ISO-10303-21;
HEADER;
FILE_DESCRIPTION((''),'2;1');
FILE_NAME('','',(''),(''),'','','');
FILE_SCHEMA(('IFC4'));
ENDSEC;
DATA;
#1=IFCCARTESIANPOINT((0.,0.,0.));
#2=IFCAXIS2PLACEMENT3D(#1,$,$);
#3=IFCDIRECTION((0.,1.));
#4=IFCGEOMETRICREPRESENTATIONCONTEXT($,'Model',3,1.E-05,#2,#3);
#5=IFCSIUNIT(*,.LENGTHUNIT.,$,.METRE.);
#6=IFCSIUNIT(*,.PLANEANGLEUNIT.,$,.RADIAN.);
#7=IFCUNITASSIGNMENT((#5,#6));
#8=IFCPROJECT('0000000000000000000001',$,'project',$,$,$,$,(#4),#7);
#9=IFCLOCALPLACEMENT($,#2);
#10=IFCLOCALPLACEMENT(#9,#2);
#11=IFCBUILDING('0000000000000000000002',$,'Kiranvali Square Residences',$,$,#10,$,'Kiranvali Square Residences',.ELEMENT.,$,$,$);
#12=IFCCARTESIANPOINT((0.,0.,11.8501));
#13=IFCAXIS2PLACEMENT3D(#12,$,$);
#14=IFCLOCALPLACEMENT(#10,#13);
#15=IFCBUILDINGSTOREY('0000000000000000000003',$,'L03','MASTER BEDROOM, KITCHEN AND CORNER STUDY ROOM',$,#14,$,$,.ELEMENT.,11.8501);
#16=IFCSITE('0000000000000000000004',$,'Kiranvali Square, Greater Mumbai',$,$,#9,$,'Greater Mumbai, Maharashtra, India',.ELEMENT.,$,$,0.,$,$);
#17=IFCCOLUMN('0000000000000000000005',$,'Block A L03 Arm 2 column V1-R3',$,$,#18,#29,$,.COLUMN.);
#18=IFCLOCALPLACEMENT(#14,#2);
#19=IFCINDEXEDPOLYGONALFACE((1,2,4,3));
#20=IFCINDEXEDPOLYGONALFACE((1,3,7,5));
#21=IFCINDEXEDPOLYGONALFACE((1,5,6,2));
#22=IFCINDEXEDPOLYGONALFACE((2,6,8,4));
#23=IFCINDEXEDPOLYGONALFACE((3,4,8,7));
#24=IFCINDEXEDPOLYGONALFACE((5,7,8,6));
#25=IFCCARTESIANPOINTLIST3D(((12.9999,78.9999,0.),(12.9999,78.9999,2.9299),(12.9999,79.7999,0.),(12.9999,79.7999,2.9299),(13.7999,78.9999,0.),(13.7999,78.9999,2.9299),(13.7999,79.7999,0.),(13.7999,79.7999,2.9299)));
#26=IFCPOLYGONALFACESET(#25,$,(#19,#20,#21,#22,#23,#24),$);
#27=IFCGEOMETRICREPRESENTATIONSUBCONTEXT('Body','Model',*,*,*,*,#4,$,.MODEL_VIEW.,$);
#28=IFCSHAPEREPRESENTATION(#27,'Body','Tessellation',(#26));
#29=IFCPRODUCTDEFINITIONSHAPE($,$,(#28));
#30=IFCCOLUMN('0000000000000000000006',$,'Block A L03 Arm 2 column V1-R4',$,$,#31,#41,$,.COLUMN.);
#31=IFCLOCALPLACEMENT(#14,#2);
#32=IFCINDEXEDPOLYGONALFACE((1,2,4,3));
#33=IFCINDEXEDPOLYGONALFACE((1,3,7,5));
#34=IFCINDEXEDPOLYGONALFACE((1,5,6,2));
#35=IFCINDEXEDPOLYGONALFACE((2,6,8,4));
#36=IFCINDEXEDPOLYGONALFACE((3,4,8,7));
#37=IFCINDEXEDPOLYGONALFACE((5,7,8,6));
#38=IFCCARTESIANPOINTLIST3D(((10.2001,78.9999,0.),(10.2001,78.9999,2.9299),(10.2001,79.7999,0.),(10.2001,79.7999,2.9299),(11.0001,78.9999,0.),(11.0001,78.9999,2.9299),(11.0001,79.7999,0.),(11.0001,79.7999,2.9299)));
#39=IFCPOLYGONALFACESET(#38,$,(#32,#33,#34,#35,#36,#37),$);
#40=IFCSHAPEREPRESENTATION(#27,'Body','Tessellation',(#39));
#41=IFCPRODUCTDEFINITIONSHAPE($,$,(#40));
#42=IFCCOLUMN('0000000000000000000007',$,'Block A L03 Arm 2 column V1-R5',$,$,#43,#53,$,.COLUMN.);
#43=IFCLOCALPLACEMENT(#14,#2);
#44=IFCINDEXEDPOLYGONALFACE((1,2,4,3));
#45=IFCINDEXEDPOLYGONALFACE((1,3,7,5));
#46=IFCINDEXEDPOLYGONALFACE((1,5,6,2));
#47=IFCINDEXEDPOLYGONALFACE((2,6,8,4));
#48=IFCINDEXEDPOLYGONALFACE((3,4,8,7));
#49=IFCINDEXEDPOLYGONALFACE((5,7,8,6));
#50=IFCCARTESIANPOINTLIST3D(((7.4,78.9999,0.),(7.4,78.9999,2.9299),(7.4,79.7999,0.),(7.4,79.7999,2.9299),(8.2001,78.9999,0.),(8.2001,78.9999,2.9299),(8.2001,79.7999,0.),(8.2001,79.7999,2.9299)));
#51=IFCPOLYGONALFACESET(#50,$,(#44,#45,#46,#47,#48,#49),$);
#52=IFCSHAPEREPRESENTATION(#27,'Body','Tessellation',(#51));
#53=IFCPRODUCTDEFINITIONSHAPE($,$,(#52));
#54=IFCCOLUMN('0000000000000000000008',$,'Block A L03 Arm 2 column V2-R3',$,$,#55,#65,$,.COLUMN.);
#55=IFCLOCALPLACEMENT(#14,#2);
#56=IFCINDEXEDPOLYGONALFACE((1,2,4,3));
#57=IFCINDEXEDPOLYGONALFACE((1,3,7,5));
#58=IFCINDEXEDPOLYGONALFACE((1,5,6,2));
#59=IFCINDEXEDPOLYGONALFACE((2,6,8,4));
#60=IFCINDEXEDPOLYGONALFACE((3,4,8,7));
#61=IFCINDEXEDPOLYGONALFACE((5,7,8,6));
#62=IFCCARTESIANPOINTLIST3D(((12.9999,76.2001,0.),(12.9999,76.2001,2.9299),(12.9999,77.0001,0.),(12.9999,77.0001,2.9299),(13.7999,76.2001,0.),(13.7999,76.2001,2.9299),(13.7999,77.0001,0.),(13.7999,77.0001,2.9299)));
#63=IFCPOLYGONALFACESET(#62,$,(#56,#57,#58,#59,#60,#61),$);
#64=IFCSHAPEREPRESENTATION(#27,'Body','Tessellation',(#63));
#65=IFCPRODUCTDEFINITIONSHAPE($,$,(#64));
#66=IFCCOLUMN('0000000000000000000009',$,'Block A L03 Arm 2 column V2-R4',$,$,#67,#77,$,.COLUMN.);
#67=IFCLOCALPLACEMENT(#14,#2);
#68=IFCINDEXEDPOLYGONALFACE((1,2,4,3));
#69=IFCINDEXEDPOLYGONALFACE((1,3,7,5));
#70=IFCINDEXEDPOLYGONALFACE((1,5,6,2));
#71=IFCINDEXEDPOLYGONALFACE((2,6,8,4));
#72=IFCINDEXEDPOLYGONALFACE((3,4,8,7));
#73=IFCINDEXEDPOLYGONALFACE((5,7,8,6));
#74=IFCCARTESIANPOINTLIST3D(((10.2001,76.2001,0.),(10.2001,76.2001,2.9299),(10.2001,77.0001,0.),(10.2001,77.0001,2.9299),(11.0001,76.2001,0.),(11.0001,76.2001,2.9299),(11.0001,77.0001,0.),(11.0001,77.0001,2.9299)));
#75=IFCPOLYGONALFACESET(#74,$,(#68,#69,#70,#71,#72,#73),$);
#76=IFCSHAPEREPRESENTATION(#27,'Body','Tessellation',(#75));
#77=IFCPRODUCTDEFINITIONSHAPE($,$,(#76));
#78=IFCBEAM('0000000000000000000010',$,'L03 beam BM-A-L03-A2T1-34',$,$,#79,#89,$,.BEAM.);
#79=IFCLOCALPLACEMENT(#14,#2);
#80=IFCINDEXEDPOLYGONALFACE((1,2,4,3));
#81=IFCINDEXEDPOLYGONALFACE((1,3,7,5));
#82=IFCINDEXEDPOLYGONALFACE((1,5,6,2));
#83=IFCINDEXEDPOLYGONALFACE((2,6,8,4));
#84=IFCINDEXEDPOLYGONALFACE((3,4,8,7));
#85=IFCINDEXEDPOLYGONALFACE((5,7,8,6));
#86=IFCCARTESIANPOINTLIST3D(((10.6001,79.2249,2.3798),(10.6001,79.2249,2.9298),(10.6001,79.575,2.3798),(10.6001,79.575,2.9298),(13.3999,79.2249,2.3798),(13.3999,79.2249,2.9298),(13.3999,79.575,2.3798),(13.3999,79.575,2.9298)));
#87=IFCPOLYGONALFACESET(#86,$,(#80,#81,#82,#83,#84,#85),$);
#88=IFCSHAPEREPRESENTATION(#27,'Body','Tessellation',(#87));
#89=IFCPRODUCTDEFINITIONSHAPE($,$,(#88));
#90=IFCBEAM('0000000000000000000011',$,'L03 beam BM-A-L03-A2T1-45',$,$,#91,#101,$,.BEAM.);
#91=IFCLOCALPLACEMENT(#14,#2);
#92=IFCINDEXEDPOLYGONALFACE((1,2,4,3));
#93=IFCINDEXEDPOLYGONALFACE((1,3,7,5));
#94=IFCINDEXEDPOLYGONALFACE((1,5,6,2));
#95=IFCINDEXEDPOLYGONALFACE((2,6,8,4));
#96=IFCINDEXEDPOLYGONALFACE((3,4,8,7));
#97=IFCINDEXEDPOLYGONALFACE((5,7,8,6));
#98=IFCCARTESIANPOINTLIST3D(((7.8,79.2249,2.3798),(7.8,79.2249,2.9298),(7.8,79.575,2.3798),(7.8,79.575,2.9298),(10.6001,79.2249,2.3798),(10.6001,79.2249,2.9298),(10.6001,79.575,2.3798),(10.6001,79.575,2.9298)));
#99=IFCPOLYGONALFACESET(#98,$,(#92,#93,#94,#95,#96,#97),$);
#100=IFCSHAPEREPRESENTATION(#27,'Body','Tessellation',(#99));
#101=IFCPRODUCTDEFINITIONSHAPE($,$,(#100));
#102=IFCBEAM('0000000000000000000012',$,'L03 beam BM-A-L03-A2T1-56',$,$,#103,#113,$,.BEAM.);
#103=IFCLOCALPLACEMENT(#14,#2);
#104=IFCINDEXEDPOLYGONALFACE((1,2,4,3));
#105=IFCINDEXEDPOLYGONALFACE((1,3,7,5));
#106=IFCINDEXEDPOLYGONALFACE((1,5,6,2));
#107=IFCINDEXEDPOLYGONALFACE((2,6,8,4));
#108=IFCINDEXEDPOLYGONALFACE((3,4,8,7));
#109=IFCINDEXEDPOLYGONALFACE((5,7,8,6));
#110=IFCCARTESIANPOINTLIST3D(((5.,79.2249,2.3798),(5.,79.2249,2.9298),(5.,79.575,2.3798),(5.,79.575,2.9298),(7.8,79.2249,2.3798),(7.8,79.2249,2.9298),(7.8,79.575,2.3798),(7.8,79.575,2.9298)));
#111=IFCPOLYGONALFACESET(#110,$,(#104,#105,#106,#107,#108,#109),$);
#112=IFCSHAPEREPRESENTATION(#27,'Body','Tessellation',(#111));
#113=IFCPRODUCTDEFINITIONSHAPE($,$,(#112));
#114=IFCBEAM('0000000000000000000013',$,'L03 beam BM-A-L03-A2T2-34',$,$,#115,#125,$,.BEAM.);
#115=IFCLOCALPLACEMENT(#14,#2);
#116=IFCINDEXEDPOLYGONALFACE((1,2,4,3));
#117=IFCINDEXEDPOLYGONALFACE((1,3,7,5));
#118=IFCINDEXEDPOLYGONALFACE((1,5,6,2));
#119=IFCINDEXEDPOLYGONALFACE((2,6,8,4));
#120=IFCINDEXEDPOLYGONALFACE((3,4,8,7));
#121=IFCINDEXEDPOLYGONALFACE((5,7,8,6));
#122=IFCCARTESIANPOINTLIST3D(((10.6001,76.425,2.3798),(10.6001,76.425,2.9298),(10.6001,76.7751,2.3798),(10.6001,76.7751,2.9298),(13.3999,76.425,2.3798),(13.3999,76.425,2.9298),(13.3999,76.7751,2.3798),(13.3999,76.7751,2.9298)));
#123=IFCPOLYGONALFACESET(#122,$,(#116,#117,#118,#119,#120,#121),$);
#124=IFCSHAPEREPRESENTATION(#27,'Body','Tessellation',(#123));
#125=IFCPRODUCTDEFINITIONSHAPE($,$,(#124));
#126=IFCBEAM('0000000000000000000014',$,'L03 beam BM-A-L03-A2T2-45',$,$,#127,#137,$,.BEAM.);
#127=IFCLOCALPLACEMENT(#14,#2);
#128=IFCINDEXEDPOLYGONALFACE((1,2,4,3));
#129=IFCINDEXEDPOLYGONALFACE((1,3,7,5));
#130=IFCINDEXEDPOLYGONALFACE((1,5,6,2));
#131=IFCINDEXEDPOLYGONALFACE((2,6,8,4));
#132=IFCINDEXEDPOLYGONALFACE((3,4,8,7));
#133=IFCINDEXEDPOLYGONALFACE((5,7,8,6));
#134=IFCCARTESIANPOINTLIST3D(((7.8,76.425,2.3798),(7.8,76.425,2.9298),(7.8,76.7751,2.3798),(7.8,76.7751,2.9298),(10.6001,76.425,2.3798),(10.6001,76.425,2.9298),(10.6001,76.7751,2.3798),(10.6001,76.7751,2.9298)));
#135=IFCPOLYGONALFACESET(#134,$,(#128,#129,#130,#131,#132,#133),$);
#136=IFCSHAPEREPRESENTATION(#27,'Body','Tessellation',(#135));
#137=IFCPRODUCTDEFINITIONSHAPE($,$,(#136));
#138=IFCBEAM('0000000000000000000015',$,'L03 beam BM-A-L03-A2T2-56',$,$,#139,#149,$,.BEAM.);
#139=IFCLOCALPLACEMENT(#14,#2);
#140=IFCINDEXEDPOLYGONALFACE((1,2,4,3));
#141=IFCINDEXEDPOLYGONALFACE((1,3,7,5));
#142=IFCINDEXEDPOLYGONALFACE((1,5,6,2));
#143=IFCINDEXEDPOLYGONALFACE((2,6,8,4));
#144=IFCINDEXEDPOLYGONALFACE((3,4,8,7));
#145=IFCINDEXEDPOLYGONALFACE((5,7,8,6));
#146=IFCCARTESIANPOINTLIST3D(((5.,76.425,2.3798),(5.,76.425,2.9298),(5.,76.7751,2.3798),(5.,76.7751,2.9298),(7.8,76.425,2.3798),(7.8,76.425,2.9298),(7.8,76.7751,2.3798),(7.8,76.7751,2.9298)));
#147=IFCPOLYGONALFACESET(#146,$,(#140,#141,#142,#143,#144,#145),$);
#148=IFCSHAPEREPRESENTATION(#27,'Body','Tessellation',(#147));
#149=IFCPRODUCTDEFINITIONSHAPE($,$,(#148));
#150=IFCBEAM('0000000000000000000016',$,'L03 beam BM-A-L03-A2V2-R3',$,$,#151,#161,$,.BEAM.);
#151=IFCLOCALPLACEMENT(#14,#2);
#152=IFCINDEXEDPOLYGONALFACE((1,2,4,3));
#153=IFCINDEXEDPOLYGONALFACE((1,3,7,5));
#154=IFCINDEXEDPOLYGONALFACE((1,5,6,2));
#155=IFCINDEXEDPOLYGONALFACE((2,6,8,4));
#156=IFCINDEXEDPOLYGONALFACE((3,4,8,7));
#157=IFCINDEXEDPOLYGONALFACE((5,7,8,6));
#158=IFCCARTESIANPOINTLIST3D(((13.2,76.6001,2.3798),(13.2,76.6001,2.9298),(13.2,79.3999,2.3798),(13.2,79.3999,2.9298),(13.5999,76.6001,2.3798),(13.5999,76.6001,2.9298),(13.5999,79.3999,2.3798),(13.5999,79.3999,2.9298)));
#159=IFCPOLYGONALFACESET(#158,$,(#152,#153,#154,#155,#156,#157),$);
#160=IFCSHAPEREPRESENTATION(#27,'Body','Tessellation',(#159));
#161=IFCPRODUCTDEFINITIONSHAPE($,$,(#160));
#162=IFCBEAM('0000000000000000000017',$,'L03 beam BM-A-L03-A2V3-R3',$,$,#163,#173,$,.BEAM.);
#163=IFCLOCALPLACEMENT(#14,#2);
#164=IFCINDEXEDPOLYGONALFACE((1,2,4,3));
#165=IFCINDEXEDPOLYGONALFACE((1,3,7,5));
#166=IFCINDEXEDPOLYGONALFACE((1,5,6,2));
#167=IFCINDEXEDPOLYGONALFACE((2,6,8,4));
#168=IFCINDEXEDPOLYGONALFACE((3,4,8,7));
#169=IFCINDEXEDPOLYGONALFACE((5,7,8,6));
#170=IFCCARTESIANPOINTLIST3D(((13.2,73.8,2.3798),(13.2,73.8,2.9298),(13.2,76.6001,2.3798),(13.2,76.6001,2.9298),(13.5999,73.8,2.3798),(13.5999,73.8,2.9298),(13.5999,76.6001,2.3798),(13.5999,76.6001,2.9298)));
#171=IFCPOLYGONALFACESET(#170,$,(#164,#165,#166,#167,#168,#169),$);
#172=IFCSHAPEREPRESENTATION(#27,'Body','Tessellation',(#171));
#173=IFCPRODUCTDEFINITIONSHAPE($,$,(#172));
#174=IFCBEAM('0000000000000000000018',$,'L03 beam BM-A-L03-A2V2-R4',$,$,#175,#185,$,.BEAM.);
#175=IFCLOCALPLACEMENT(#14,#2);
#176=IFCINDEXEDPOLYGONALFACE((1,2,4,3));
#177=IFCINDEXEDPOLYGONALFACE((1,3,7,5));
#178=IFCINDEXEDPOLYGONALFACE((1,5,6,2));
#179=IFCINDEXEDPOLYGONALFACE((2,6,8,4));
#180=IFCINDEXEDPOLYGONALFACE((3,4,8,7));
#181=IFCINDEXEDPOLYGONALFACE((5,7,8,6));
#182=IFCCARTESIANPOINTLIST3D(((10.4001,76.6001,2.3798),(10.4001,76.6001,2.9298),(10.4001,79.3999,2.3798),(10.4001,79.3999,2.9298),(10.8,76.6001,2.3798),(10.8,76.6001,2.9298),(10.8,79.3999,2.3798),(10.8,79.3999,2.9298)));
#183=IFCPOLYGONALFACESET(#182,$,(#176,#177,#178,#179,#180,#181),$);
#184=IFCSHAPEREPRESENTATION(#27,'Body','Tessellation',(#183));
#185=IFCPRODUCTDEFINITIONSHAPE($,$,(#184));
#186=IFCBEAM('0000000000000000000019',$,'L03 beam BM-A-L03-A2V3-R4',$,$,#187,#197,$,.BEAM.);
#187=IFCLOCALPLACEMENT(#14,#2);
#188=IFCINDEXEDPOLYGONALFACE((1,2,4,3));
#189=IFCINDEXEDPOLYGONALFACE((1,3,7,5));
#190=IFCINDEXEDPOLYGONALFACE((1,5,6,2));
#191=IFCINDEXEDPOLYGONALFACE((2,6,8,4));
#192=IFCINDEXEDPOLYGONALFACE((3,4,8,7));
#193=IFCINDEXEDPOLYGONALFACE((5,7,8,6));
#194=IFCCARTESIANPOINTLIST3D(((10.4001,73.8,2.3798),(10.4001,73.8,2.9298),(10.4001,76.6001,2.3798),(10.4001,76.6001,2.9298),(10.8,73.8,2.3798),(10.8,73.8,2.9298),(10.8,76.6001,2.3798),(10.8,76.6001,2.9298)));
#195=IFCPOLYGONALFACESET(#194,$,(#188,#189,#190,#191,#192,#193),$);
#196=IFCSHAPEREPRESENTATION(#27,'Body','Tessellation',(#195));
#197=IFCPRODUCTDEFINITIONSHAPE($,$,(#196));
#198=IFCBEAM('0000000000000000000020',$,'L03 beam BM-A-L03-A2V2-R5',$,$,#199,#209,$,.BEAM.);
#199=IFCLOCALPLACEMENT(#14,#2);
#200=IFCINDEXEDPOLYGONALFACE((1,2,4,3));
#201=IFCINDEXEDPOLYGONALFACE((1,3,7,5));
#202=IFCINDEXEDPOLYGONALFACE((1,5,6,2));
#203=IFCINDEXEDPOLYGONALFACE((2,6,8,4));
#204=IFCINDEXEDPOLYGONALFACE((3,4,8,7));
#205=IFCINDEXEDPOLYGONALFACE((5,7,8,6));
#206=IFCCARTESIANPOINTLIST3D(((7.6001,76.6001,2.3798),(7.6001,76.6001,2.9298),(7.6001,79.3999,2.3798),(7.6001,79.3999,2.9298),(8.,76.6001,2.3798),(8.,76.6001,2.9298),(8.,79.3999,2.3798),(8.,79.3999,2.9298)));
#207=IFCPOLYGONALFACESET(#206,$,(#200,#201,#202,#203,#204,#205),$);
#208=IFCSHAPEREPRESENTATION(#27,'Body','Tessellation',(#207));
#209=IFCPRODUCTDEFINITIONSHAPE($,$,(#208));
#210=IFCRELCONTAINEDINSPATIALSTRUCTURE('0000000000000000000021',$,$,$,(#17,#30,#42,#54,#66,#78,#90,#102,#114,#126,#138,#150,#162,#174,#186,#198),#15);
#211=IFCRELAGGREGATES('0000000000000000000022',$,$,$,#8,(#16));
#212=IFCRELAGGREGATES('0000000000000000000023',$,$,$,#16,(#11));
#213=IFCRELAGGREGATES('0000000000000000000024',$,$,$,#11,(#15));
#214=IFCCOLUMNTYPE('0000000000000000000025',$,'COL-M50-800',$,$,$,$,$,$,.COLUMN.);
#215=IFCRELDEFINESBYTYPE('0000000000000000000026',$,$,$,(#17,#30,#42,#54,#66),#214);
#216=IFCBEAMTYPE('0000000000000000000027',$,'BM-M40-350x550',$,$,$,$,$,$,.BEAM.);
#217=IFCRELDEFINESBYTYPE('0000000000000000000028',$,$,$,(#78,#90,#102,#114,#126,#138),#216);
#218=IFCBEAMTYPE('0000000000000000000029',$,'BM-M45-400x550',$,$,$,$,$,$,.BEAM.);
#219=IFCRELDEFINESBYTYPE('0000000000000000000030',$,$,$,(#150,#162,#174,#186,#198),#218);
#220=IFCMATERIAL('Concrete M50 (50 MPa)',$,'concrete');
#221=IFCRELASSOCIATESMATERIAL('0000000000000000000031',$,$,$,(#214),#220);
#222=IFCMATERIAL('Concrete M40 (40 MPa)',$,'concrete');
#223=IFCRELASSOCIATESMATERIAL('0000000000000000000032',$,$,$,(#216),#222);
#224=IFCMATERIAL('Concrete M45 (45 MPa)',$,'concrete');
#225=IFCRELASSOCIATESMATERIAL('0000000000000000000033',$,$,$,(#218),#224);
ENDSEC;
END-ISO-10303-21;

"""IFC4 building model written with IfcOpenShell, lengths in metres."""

from ifc_helpers import new_model, si_unit, direction, frame, origin, origin_2d, place, context, subcontext, project, spatial, rectangle, extrude, material, material_profile, profile_set, type_object, element, save


model = new_model("IFC4")

# Units and contexts
model_context = context("Model", 3, precision=1e-05, world=origin(), true_north=direction((0.0, 1.0)))
body_context = subcontext(model_context, "Body", "Model", "MODEL_VIEW")
ifc_project = project(units=[si_unit("LENGTHUNIT", "METRE"), si_unit("PLANEANGLEUNIT", "RADIAN")], contexts=[model_context])

# Site, building, storey
site_placement = place(None, origin())
site = spatial("IfcSite", under=ifc_project, at=site_placement, Name="Kiranvali Square, Greater Mumbai", LongName="Greater Mumbai, Maharashtra, India", CompositionType="ELEMENT", RefElevation=0.0)
building_placement = place(site_placement, origin())
building = spatial("IfcBuilding", under=site, at=building_placement, Name="Kiranvali Square Residences", LongName="Kiranvali Square Residences", CompositionType="ELEMENT")
storey_placement = place(building_placement, frame((0.0, 0.0, 11.8501)))
storey = spatial("IfcBuildingStorey", under=building, at=storey_placement, Name="L03", Description="MASTER BEDROOM, KITCHEN AND CORNER STUDY ROOM", CompositionType="ELEMENT", Elevation=11.8501)

# Columns
ifc_material_1 = material(Name="Concrete M50 (50 MPa)", Category="concrete")
ifc_material_profile_1 = material_profile(ifc_material_1, rectangle(XDim=0.8, YDim=0.8, at=origin_2d()), Name="RC 800x800")
ifc_profile_set_1 = profile_set([ifc_material_profile_1], Name="Concrete M50 (50 MPa)")
column_type = type_object("IfcColumnType", Name="COL-M50-800", PredefinedType="COLUMN", material=ifc_profile_set_1)
for number, where, z_axis, x_axis, name in (
    (1, (13.3999, 79.3999, 0.0), (0.0, 0.0, 1.0), (1.0, 0.0, 0.0), "Block A L03 Arm 2 column V1-R3"),
    (2, (10.6001, 79.3999, 0.0), (0.0, 0.0, 1.0), (1.0, 0.0, 0.0), "Block A L03 Arm 2 column V1-R4"),
    (3, (7.8, 79.3999, 0.0), (0.0, 0.0, 1.0), (1.0, 0.0, 0.0), "Block A L03 Arm 2 column V1-R5"),
    (4, (13.3999, 76.6001, 0.0), (0.0, 0.0, 1.0), (1.0, 0.0, 0.0), "Block A L03 Arm 2 column V2-R3"),
    (5, (10.6001, 76.6001, 0.0), (0.0, 0.0, 1.0), (1.0, 0.0, 0.0), "Block A L03 Arm 2 column V2-R4"),
):
    element("IfcColumn", number, at=place(storey_placement, frame(where, z_axis=z_axis, x_axis=x_axis)), inside=storey, type_object=column_type, Name=name, PredefinedType="COLUMN", context=body_context, shape_type="SweptSolid", body=[
        extrude(rectangle(XDim=0.8, YDim=0.8, at=origin_2d()), origin(), (0.0, 0.0, 1.0), 2.9299),
    ])

# Beams
ifc_material_2 = material(Name="Concrete M40 (40 MPa)", Category="concrete")
ifc_material_profile_2 = material_profile(ifc_material_2, rectangle(XDim=0.3501, YDim=0.55, at=origin_2d()), Name="RC 350x550")
ifc_profile_set_2 = profile_set([ifc_material_profile_2], Name="Concrete M40 (40 MPa)")
beam_type_1 = type_object("IfcBeamType", Name="BM-M40-350x550", PredefinedType="BEAM", material=ifc_profile_set_2)
beam_1_placement = place(storey_placement, frame((13.3999, 79.3999, 2.6548), z_axis=(-1.0, 0.0, 0.0), x_axis=(0.0, -1.0, 0.0)))
element("IfcBeam", 6, at=beam_1_placement, inside=storey, type_object=beam_type_1, Name="L03 beam BM-A-L03-A2T1-34", PredefinedType="BEAM", context=body_context, shape_type="SweptSolid", body=[
    extrude(rectangle(XDim=0.3501, YDim=0.55, at=origin_2d()), origin(), (0.0, 0.0, 1.0), 2.7998),
])
for number, where, z_axis, x_axis, name in (
    (7, (10.6001, 79.3999, 2.6548), (-1.0, 0.0, 0.0), (0.0, -1.0, 0.0), "L03 beam BM-A-L03-A2T1-45"),
    (8, (7.8, 79.3999, 2.6548), (-1.0, 0.0, 0.0), (0.0, -1.0, 0.0), "L03 beam BM-A-L03-A2T1-56"),
):
    element("IfcBeam", number, at=place(storey_placement, frame(where, z_axis=z_axis, x_axis=x_axis)), inside=storey, type_object=beam_type_1, Name=name, PredefinedType="BEAM", context=body_context, shape_type="SweptSolid", body=[
        extrude(rectangle(XDim=0.3501, YDim=0.55, at=origin_2d()), origin(), (0.0, 0.0, 1.0), 2.8),
    ])
beam_2_placement = place(storey_placement, frame((13.3999, 76.6001, 2.6548), z_axis=(-1.0, 0.0, 0.0), x_axis=(0.0, -1.0, 0.0)))
element("IfcBeam", 9, at=beam_2_placement, inside=storey, type_object=beam_type_1, Name="L03 beam BM-A-L03-A2T2-34", PredefinedType="BEAM", context=body_context, shape_type="SweptSolid", body=[
    extrude(rectangle(XDim=0.3501, YDim=0.55, at=origin_2d()), origin(), (0.0, 0.0, 1.0), 2.7998),
])
for number, where, z_axis, x_axis, name in (
    (10, (10.6001, 76.6001, 2.6548), (-1.0, 0.0, 0.0), (0.0, -1.0, 0.0), "L03 beam BM-A-L03-A2T2-45"),
    (11, (7.8, 76.6001, 2.6548), (-1.0, 0.0, 0.0), (0.0, -1.0, 0.0), "L03 beam BM-A-L03-A2T2-56"),
):
    element("IfcBeam", number, at=place(storey_placement, frame(where, z_axis=z_axis, x_axis=x_axis)), inside=storey, type_object=beam_type_1, Name=name, PredefinedType="BEAM", context=body_context, shape_type="SweptSolid", body=[
        extrude(rectangle(XDim=0.3501, YDim=0.55, at=origin_2d()), origin(), (0.0, 0.0, 1.0), 2.8),
    ])
ifc_material_3 = material(Name="Concrete M45 (45 MPa)", Category="concrete")
ifc_material_profile_3 = material_profile(ifc_material_3, rectangle(XDim=0.3999, YDim=0.55, at=origin_2d()), Name="RC 400x550")
ifc_profile_set_3 = profile_set([ifc_material_profile_3], Name="Concrete M45 (45 MPa)")
beam_type_2 = type_object("IfcBeamType", Name="BM-M45-400x550", PredefinedType="BEAM", material=ifc_profile_set_3)
beam_3_placement = place(storey_placement, frame((13.3999, 79.3999, 2.6548), z_axis=(0.0, -1.0, 0.0), x_axis=(1.0, 0.0, 0.0)))
element("IfcBeam", 12, at=beam_3_placement, inside=storey, type_object=beam_type_2, Name="L03 beam BM-A-L03-A2V2-R3", PredefinedType="BEAM", context=body_context, shape_type="SweptSolid", body=[
    extrude(rectangle(XDim=0.3999, YDim=0.55, at=origin_2d()), origin(), (0.0, 0.0, 1.0), 2.7998),
])
beam_4_placement = place(storey_placement, frame((13.3999, 76.6001, 2.6548), z_axis=(0.0, -1.0, 0.0), x_axis=(1.0, 0.0, 0.0)))
element("IfcBeam", 13, at=beam_4_placement, inside=storey, type_object=beam_type_2, Name="L03 beam BM-A-L03-A2V3-R3", PredefinedType="BEAM", context=body_context, shape_type="SweptSolid", body=[
    extrude(rectangle(XDim=0.3999, YDim=0.55, at=origin_2d()), origin(), (0.0, 0.0, 1.0), 2.8),
])
beam_5_placement = place(storey_placement, frame((10.6001, 79.3999, 2.6548), z_axis=(0.0, -1.0, 0.0), x_axis=(1.0, 0.0, 0.0)))
element("IfcBeam", 14, at=beam_5_placement, inside=storey, type_object=beam_type_2, Name="L03 beam BM-A-L03-A2V2-R4", PredefinedType="BEAM", context=body_context, shape_type="SweptSolid", body=[
    extrude(rectangle(XDim=0.3999, YDim=0.55, at=origin_2d()), origin(), (0.0, 0.0, 1.0), 2.7998),
])
beam_6_placement = place(storey_placement, frame((10.6001, 76.6001, 2.6548), z_axis=(0.0, -1.0, 0.0), x_axis=(1.0, 0.0, 0.0)))
element("IfcBeam", 15, at=beam_6_placement, inside=storey, type_object=beam_type_2, Name="L03 beam BM-A-L03-A2V3-R4", PredefinedType="BEAM", context=body_context, shape_type="SweptSolid", body=[
    extrude(rectangle(XDim=0.3999, YDim=0.55, at=origin_2d()), origin(), (0.0, 0.0, 1.0), 2.8),
])
beam_7_placement = place(storey_placement, frame((7.8, 79.3999, 2.6548), z_axis=(0.0, -1.0, 0.0), x_axis=(1.0, 0.0, 0.0)))
element("IfcBeam", 16, at=beam_7_placement, inside=storey, type_object=beam_type_2, Name="L03 beam BM-A-L03-A2V2-R5", PredefinedType="BEAM", context=body_context, shape_type="SweptSolid", body=[
    extrude(rectangle(XDim=0.3999, YDim=0.55, at=origin_2d()), origin(), (0.0, 0.0, 1.0), 2.7998),
])

save(model, "model.ifc")
